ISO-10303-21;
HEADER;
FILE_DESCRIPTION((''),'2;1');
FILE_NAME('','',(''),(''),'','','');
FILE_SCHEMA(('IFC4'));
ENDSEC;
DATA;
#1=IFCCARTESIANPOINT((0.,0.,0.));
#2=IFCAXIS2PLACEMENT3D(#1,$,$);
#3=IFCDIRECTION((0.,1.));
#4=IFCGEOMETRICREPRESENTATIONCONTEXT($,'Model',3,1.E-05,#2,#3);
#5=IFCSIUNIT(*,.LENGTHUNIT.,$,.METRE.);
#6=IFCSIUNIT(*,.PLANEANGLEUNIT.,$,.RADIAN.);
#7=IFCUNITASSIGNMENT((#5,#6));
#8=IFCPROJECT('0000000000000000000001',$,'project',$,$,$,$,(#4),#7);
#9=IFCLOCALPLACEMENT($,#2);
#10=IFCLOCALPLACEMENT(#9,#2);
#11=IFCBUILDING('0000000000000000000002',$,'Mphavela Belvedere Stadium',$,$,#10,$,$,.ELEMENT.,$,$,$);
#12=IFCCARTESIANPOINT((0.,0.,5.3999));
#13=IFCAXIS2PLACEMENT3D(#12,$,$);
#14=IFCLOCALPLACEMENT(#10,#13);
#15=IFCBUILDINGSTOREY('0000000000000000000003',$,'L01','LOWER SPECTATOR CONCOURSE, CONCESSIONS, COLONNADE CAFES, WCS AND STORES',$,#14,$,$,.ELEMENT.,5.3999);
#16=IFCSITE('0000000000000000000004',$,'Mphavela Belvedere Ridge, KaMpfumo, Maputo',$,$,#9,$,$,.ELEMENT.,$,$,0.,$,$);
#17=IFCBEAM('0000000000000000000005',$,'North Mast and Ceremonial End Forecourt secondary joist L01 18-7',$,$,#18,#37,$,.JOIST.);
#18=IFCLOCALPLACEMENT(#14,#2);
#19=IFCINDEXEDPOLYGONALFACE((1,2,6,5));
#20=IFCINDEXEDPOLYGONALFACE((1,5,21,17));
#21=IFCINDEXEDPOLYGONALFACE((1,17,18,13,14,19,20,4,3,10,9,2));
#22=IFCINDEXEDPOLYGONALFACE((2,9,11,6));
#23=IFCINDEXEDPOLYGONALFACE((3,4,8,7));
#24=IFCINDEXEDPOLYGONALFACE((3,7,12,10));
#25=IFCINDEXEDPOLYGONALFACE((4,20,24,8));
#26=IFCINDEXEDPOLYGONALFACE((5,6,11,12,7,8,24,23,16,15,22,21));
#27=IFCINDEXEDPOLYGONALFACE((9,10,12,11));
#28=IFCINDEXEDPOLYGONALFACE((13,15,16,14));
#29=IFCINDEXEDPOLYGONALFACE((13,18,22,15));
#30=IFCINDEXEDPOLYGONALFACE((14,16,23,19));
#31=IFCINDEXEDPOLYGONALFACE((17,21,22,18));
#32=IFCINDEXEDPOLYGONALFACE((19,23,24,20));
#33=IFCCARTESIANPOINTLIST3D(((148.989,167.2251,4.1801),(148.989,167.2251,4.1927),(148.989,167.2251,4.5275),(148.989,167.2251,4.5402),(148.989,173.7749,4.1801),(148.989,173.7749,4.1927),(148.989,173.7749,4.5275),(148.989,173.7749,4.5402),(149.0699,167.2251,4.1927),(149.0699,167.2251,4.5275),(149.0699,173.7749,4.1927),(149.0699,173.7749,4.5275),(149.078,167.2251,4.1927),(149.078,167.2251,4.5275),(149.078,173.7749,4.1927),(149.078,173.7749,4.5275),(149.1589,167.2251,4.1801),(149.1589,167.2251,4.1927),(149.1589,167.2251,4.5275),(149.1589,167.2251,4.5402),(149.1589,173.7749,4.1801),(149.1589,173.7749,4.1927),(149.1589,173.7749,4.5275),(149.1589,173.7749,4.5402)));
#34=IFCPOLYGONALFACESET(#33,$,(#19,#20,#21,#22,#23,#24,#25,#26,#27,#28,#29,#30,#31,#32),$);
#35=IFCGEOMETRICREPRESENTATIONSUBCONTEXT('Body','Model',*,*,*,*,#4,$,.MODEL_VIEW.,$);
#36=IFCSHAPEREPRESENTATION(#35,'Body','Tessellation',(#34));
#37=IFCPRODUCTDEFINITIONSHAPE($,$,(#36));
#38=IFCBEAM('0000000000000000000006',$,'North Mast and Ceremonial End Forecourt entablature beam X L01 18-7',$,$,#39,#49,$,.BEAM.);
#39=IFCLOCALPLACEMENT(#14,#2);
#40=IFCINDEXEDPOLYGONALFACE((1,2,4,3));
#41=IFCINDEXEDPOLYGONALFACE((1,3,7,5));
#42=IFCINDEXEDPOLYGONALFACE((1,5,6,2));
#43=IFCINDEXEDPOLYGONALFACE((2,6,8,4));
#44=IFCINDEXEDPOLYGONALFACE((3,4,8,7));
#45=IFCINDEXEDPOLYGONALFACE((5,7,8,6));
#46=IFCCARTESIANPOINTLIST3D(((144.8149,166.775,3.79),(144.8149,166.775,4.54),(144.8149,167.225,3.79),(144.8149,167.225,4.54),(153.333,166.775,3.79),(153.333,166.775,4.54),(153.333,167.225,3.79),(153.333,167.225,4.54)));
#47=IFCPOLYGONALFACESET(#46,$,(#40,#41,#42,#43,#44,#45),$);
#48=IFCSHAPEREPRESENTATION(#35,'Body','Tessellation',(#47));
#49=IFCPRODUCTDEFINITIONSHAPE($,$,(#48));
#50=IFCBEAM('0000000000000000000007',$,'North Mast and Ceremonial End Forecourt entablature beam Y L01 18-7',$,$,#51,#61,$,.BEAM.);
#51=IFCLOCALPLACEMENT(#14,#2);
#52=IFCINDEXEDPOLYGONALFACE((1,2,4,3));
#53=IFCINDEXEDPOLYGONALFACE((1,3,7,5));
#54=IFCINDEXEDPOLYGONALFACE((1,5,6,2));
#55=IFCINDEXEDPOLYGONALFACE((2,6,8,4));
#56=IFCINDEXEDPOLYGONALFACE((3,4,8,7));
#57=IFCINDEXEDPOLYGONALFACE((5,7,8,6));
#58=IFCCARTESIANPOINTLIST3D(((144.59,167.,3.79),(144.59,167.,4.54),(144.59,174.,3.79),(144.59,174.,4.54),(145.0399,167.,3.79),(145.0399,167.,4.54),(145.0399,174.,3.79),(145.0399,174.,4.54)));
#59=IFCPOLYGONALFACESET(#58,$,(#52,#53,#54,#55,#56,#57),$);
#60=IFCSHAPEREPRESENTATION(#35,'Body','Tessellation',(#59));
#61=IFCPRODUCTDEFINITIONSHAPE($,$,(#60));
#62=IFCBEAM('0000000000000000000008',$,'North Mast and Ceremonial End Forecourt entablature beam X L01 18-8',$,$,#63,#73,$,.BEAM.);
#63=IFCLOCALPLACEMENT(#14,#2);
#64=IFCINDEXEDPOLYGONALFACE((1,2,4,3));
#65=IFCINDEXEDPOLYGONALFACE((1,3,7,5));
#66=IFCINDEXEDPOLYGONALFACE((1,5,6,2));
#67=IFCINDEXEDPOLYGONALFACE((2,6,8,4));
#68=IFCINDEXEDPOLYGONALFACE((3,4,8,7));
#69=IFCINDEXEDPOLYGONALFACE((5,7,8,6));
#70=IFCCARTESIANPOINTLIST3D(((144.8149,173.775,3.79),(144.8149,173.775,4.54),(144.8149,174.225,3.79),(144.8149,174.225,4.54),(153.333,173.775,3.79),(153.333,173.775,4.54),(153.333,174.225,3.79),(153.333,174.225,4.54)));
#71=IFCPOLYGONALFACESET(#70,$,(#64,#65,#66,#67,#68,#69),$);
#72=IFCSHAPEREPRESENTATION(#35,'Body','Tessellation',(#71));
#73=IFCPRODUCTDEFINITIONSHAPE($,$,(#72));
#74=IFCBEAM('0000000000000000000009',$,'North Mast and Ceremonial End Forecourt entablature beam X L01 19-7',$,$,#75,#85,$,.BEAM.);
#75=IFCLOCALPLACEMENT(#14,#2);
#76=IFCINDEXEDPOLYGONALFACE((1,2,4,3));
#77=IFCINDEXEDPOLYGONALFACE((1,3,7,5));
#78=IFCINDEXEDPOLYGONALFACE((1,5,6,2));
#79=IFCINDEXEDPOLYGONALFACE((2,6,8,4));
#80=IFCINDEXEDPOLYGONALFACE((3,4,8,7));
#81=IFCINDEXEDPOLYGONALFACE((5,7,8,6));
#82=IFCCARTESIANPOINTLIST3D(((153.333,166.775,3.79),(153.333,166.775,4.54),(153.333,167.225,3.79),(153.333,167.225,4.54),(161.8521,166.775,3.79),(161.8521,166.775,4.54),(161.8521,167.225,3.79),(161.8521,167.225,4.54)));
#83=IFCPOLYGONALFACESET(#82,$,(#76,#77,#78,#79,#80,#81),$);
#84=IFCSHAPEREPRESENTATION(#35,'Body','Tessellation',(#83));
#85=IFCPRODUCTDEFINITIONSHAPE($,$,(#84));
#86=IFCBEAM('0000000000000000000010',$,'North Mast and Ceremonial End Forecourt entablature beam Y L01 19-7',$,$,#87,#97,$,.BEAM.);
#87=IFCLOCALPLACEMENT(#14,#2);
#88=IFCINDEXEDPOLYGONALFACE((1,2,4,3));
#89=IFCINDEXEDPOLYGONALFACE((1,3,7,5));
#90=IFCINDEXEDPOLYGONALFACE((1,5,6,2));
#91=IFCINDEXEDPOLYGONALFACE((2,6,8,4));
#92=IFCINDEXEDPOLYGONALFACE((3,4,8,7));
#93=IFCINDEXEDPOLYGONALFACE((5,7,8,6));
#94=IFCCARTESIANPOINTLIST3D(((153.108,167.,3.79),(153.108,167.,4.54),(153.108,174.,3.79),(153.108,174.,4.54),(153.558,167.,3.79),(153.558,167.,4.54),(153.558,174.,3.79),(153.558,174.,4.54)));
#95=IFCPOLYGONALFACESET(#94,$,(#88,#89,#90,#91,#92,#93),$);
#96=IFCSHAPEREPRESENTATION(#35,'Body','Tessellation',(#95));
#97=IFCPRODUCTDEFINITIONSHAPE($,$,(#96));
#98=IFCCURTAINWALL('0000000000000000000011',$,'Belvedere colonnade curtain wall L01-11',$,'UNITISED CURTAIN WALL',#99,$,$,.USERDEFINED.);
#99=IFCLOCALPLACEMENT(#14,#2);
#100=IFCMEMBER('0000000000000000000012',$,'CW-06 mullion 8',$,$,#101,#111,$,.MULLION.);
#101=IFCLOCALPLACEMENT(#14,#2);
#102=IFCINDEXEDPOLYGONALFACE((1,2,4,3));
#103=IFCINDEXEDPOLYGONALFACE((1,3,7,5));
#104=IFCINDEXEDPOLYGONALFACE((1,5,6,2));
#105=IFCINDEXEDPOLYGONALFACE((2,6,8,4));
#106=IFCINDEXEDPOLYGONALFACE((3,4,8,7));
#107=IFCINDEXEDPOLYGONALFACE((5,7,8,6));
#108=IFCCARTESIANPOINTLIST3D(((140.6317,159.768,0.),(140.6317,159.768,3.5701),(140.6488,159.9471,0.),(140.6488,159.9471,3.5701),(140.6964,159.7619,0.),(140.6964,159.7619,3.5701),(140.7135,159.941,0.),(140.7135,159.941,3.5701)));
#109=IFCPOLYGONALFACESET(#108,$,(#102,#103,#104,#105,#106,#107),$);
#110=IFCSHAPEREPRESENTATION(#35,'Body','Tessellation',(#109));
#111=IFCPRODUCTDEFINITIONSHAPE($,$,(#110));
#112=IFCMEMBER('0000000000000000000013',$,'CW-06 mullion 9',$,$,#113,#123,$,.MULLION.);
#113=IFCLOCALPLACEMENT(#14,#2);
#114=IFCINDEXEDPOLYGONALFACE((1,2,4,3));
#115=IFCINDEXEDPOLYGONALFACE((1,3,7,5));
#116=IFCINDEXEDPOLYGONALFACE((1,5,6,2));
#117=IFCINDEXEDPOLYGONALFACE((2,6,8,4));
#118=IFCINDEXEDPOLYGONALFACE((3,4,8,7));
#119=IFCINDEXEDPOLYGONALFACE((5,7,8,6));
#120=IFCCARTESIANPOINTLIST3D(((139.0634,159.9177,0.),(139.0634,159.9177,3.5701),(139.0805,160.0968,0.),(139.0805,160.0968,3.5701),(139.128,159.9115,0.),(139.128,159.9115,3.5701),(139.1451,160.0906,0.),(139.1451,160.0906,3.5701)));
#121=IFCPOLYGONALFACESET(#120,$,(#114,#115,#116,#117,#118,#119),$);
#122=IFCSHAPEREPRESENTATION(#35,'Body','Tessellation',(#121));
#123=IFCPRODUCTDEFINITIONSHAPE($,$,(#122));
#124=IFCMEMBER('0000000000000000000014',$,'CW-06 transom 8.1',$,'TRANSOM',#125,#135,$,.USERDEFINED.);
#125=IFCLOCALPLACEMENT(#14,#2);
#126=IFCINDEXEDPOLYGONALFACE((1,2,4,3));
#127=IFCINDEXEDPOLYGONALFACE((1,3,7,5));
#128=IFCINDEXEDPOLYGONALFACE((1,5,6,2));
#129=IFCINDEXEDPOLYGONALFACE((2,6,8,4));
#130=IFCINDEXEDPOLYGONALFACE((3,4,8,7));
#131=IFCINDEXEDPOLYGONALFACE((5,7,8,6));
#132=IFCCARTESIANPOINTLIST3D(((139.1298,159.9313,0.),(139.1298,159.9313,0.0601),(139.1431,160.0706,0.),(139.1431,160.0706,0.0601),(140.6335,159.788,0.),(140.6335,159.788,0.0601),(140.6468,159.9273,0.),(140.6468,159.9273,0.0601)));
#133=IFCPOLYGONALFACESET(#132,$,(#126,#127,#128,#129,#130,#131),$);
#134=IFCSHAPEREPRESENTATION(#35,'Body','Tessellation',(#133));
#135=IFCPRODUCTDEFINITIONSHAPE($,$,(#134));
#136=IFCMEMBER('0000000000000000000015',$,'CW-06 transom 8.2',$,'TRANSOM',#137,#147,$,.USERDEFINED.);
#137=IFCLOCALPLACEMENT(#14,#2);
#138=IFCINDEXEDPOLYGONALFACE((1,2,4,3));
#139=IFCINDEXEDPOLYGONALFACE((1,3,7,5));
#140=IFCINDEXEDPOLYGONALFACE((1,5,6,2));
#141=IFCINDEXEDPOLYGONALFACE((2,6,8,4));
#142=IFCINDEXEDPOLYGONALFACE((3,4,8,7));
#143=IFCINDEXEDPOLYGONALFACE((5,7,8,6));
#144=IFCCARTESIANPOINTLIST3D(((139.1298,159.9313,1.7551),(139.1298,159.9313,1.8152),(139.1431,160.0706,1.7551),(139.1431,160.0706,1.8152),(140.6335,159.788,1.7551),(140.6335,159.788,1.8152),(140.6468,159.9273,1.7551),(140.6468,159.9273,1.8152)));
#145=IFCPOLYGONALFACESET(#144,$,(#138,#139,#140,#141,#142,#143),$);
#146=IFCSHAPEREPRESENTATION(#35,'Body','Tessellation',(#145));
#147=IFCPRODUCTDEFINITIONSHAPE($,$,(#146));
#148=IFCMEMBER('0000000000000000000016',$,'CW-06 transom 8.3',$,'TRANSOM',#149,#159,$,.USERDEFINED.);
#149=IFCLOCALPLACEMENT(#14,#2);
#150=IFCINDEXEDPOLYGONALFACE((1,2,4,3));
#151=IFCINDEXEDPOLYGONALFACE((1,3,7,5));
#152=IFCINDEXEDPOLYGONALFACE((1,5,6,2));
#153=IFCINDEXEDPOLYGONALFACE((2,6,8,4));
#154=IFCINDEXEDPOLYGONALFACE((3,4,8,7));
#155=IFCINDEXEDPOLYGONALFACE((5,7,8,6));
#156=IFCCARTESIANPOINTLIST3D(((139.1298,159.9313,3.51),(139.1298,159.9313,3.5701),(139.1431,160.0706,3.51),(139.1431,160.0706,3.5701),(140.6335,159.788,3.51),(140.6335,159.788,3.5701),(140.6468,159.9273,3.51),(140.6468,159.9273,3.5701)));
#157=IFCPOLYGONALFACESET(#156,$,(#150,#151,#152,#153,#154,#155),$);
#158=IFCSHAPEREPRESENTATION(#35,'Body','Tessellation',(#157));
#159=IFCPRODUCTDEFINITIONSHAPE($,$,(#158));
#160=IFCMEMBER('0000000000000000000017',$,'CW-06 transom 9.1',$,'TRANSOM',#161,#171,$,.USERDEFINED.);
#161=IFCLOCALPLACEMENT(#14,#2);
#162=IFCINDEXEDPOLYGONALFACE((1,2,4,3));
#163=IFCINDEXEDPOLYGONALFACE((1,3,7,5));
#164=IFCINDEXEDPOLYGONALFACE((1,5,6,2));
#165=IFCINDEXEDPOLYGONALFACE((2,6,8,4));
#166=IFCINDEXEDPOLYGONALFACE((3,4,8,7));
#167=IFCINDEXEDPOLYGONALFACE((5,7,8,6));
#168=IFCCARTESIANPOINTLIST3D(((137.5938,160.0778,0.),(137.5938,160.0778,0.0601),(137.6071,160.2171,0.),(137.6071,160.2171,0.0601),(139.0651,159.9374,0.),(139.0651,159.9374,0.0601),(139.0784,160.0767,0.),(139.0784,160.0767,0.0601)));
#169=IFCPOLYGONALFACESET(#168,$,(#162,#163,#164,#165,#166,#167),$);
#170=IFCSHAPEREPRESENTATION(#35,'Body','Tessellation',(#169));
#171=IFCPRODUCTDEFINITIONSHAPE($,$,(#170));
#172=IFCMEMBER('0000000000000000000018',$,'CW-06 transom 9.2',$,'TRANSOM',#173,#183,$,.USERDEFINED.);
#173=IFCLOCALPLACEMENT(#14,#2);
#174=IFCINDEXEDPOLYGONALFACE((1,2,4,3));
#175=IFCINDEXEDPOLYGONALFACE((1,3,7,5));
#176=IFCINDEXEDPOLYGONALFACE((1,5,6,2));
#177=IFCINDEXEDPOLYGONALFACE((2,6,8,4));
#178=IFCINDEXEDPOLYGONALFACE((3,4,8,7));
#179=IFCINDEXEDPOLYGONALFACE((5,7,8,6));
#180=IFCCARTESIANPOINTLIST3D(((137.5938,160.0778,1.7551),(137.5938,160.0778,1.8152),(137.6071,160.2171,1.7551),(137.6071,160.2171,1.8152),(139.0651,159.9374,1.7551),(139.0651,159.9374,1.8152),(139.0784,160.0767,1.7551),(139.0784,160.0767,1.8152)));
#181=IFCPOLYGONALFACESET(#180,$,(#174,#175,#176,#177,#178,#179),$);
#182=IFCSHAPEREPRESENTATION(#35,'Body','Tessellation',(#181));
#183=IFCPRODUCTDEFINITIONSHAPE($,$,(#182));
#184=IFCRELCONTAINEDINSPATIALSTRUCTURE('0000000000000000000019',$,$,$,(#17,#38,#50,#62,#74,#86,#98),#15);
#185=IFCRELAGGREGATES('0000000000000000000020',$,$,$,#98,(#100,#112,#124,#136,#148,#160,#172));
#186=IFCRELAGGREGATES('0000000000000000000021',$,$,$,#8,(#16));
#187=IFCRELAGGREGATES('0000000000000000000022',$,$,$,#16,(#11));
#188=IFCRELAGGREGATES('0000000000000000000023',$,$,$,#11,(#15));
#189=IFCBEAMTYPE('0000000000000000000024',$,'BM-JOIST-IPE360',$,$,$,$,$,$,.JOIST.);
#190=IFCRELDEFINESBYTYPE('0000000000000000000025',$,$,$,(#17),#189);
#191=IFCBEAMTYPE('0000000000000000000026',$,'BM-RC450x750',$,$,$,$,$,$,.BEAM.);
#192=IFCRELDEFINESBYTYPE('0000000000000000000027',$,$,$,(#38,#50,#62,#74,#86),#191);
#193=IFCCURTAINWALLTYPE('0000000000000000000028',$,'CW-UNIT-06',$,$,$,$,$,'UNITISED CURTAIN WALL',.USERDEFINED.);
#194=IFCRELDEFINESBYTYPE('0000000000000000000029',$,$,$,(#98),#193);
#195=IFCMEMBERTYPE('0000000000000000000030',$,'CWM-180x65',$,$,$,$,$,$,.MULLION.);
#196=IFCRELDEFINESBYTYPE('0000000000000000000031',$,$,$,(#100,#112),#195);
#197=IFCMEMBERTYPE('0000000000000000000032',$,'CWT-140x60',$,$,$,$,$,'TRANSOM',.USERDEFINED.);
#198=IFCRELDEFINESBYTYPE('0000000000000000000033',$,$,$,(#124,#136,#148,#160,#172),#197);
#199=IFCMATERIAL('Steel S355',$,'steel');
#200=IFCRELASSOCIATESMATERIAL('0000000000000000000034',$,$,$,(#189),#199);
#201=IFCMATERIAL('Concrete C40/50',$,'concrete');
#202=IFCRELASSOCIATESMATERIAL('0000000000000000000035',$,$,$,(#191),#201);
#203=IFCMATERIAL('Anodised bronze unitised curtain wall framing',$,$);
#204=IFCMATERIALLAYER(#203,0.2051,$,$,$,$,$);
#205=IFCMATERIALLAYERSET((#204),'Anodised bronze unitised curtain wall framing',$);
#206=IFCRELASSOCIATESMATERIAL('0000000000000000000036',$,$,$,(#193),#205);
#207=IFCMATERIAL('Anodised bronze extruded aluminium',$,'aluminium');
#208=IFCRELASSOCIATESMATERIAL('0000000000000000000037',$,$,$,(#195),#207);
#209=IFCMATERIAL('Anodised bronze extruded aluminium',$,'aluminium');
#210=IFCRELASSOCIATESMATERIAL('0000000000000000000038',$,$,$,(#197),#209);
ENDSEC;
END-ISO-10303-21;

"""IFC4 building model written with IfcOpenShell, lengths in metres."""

from ifc_helpers import new_model, si_unit, direction, frame, origin, origin_2d, place, context, subcontext, project, spatial, rectangle, i_section, extrude, material, layer, layer_set, material_profile, profile_set, type_object, element, aggregate, save


model = new_model("IFC4")

# Units and contexts
model_context = context("Model", 3, precision=1e-05, world=origin(), true_north=direction((0.0, 1.0)))
body_context = subcontext(model_context, "Body", "Model", "MODEL_VIEW")
ifc_project = project(units=[si_unit("LENGTHUNIT", "METRE"), si_unit("PLANEANGLEUNIT", "RADIAN")], contexts=[model_context])

# Site, building, storey
site_placement = place(None, origin())
site = spatial("IfcSite", under=ifc_project, at=site_placement, Name="Mphavela Belvedere Ridge, KaMpfumo, Maputo", CompositionType="ELEMENT", RefElevation=0.0)
building_placement = place(site_placement, origin())
building = spatial("IfcBuilding", under=site, at=building_placement, Name="Mphavela Belvedere Stadium", CompositionType="ELEMENT")
storey_placement = place(building_placement, frame((0.0, 0.0, 5.3999)))
storey = spatial("IfcBuildingStorey", under=building, at=storey_placement, Name="L01", Description="LOWER SPECTATOR CONCOURSE, CONCESSIONS, COLONNADE CAFES, WCS AND STORES", CompositionType="ELEMENT", Elevation=5.3999)

# Beams
ifc_material_1 = material(Name="Steel S355", Category="steel")
ifc_material_profile_1 = material_profile(ifc_material_1, i_section(OverallWidth=0.1699, OverallDepth=0.3601, WebThickness=0.0081, FlangeThickness=0.0127, at=origin_2d()), Name="IPE 360")
ifc_profile_set_1 = profile_set([ifc_material_profile_1], Name="Steel S355")
beam_type_1 = type_object("IfcBeamType", Name="BM-JOIST-IPE360", PredefinedType="JOIST", material=ifc_profile_set_1)
for number, where, z_axis, x_axis, name in (
    (1, (149.074, 167.2251, 4.3601), (0.0, 1.0, 0.0), (-1.0, 0.0, 0.0), "North Mast and Ceremonial End Forecourt secondary joist L01 18-7"),
):
    element("IfcBeam", number, at=place(storey_placement, frame(where, z_axis=z_axis, x_axis=x_axis)), inside=storey, type_object=beam_type_1, Name=name, PredefinedType="JOIST", context=body_context, shape_type="SweptSolid", body=[
        extrude(i_section(OverallWidth=0.1699, OverallDepth=0.3601, WebThickness=0.0081, FlangeThickness=0.0127, at=origin_2d()), origin(), (0.0, 0.0, 1.0), 6.5498),
    ])
ifc_material_2 = material(Name="Concrete C40/50", Category="concrete")
ifc_material_profile_2 = material_profile(ifc_material_2, rectangle(XDim=0.45, YDim=0.75, at=origin_2d()), Name="RC 450x750")
ifc_profile_set_2 = profile_set([ifc_material_profile_2], Name="Concrete C40/50")
beam_type_2 = type_object("IfcBeamType", Name="BM-RC450x750", PredefinedType="BEAM", material=ifc_profile_set_2)
beam_1_placement = place(storey_placement, frame((144.8149, 167.0, 4.165), z_axis=(1.0, 0.0, 0.0), x_axis=(0.0, 1.0, 0.0)))
element("IfcBeam", 2, at=beam_1_placement, inside=storey, type_object=beam_type_2, Name="North Mast and Ceremonial End Forecourt entablature beam X L01 18-7", PredefinedType="BEAM", context=body_context, shape_type="SweptSolid", body=[
    extrude(rectangle(XDim=0.45, YDim=0.75, at=origin_2d()), origin(), (0.0, 0.0, 1.0), 8.5181),
])
beam_2_placement = place(storey_placement, frame((144.8149, 167.0, 4.165), z_axis=(0.0, 1.0, 0.0), x_axis=(-1.0, 0.0, 0.0)))
element("IfcBeam", 3, at=beam_2_placement, inside=storey, type_object=beam_type_2, Name="North Mast and Ceremonial End Forecourt entablature beam Y L01 18-7", PredefinedType="BEAM", context=body_context, shape_type="SweptSolid", body=[
    extrude(rectangle(XDim=0.45, YDim=0.75, at=origin_2d()), origin(), (0.0, 0.0, 1.0), 7.0),
])
beam_3_placement = place(storey_placement, frame((144.8149, 174.0, 4.165), z_axis=(1.0, 0.0, 0.0), x_axis=(0.0, 1.0, 0.0)))
element("IfcBeam", 4, at=beam_3_placement, inside=storey, type_object=beam_type_2, Name="North Mast and Ceremonial End Forecourt entablature beam X L01 18-8", PredefinedType="BEAM", context=body_context, shape_type="SweptSolid", body=[
    extrude(rectangle(XDim=0.45, YDim=0.75, at=origin_2d()), origin(), (0.0, 0.0, 1.0), 8.5181),
])
beam_4_placement = place(storey_placement, frame((153.333, 167.0, 4.165), z_axis=(1.0, 0.0, 0.0), x_axis=(0.0, 1.0, 0.0)))
element("IfcBeam", 5, at=beam_4_placement, inside=storey, type_object=beam_type_2, Name="North Mast and Ceremonial End Forecourt entablature beam X L01 19-7", PredefinedType="BEAM", context=body_context, shape_type="SweptSolid", body=[
    extrude(rectangle(XDim=0.45, YDim=0.75, at=origin_2d()), origin(), (0.0, 0.0, 1.0), 8.519),
])
beam_5_placement = place(storey_placement, frame((153.333, 167.0, 4.165), z_axis=(0.0, 1.0, 0.0), x_axis=(-1.0, 0.0, 0.0)))
element("IfcBeam", 6, at=beam_5_placement, inside=storey, type_object=beam_type_2, Name="North Mast and Ceremonial End Forecourt entablature beam Y L01 19-7", PredefinedType="BEAM", context=body_context, shape_type="SweptSolid", body=[
    extrude(rectangle(XDim=0.45, YDim=0.75, at=origin_2d()), origin(), (0.0, 0.0, 1.0), 7.0),
])

# Curtain wall, members
ifc_material_3 = material(Name="Anodised bronze unitised curtain wall framing")
ifc_layer_1 = layer(ifc_material_3, 0.2051)
ifc_layer_set_1 = layer_set([ifc_layer_1], Name="Anodised bronze unitised curtain wall framing")
curtain_wall_type = type_object("IfcCurtainWallType", Name="CW-UNIT-06", ElementType="UNITISED CURTAIN WALL", PredefinedType="USERDEFINED", material=ifc_layer_set_1)
curtain_wall_placement = place(storey_placement, origin())
curtain_wall = element("IfcCurtainWall", 7, at=curtain_wall_placement, inside=storey, type_object=curtain_wall_type, Name="Belvedere colonnade curtain wall L01-11", ObjectType="UNITISED CURTAIN WALL", PredefinedType="USERDEFINED")
ifc_material_4 = material(Name="Anodised bronze extruded aluminium", Category="aluminium")
ifc_material_profile_3 = material_profile(ifc_material_4, rectangle(XDim=0.1799, YDim=0.0649, at=origin_2d()), Name="CW-MUL 180x65")
ifc_profile_set_3 = profile_set([ifc_material_profile_3], Name="Anodised bronze extruded aluminium")
member_type_1 = type_object("IfcMemberType", Name="CWM-180x65", PredefinedType="MULLION", material=ifc_profile_set_3)
member_1_placement = place(storey_placement, frame((140.6726, 159.8545, 0.0), z_axis=(0.0, 0.0, 1.0), x_axis=(-0.094922, -0.995485, 0.0)))
member_1 = element("IfcMember", 8, at=member_1_placement, type_object=member_type_1, Name="CW-06 mullion 8", PredefinedType="MULLION", context=body_context, shape_type="SweptSolid", body=[
    extrude(rectangle(XDim=0.1799, YDim=0.0649, at=origin_2d()), origin(), (0.0, 0.0, 1.0), 3.5701),
])
member_2_placement = place(storey_placement, frame((139.1042, 160.0042, 0.0), z_axis=(0.0, 0.0, 1.0), x_axis=(-0.094922, -0.995485, 0.0)))
member_2 = element("IfcMember", 9, at=member_2_placement, type_object=member_type_1, Name="CW-06 mullion 9", PredefinedType="MULLION", context=body_context, shape_type="SweptSolid", body=[
    extrude(rectangle(XDim=0.1799, YDim=0.0649, at=origin_2d()), origin(), (0.0, 0.0, 1.0), 3.5701),
])
ifc_material_5 = material(Name="Anodised bronze extruded aluminium", Category="aluminium")
ifc_material_profile_4 = material_profile(ifc_material_5, rectangle(XDim=0.1399, YDim=0.0601, at=origin_2d()), Name="CW-TRN 140x60")
ifc_profile_set_4 = profile_set([ifc_material_profile_4], Name="Anodised bronze extruded aluminium")
member_type_2 = type_object("IfcMemberType", Name="CWT-140x60", ElementType="TRANSOM", PredefinedType="USERDEFINED", material=ifc_profile_set_4)
member_3_placement = place(storey_placement, frame((140.6401, 159.8577, 0.03), z_axis=(-0.995489, 0.094878, 0.0), x_axis=(-0.094878, -0.995489, 0.0)))
member_3 = element("IfcMember", 10, at=member_3_placement, type_object=member_type_2, Name="CW-06 transom 8.1", ObjectType="TRANSOM", PredefinedType="USERDEFINED", context=body_context, shape_type="SweptSolid", body=[
    extrude(rectangle(XDim=0.1399, YDim=0.0601, at=origin_2d()), origin(), (0.0, 0.0, 1.0), 1.5105),
])
member_4_placement = place(storey_placement, frame((140.6401, 159.8577, 1.7852), z_axis=(-0.995489, 0.094878, 0.0), x_axis=(-0.094878, -0.995489, 0.0)))
member_4 = element("IfcMember", 11, at=member_4_placement, type_object=member_type_2, Name="CW-06 transom 8.2", ObjectType="TRANSOM", PredefinedType="USERDEFINED", context=body_context, shape_type="SweptSolid", body=[
    extrude(rectangle(XDim=0.1399, YDim=0.0601, at=origin_2d()), origin(), (0.0, 0.0, 1.0), 1.5105),
])
member_5_placement = place(storey_placement, frame((140.6401, 159.8577, 3.54), z_axis=(-0.995489, 0.094878, 0.0), x_axis=(-0.094878, -0.995489, 0.0)))
member_5 = element("IfcMember", 12, at=member_5_placement, type_object=member_type_2, Name="CW-06 transom 8.3", ObjectType="TRANSOM", PredefinedType="USERDEFINED", context=body_context, shape_type="SweptSolid", body=[
    extrude(rectangle(XDim=0.1399, YDim=0.0601, at=origin_2d()), origin(), (0.0, 0.0, 1.0), 1.5105),
])
member_6_placement = place(storey_placement, frame((139.0718, 160.0071, 0.03), z_axis=(-0.99548, 0.094973, 0.0), x_axis=(-0.094973, -0.99548, 0.0)))
member_6 = element("IfcMember", 13, at=member_6_placement, type_object=member_type_2, Name="CW-06 transom 9.1", ObjectType="TRANSOM", PredefinedType="USERDEFINED", context=body_context, shape_type="SweptSolid", body=[
    extrude(rectangle(XDim=0.1399, YDim=0.0601, at=origin_2d()), origin(), (0.0, 0.0, 1.0), 1.478),
])
member_7_placement = place(storey_placement, frame((139.0718, 160.0071, 1.7852), z_axis=(-0.99548, 0.094973, 0.0), x_axis=(-0.094973, -0.99548, 0.0)))
member_7 = element("IfcMember", 14, at=member_7_placement, type_object=member_type_2, Name="CW-06 transom 9.2", ObjectType="TRANSOM", PredefinedType="USERDEFINED", context=body_context, shape_type="SweptSolid", body=[
    extrude(rectangle(XDim=0.1399, YDim=0.0601, at=origin_2d()), origin(), (0.0, 0.0, 1.0), 1.478),
])
aggregate(curtain_wall, [member_1, member_2, member_3, member_4, member_5, member_6, member_7])

save(model, "model.ifc")
